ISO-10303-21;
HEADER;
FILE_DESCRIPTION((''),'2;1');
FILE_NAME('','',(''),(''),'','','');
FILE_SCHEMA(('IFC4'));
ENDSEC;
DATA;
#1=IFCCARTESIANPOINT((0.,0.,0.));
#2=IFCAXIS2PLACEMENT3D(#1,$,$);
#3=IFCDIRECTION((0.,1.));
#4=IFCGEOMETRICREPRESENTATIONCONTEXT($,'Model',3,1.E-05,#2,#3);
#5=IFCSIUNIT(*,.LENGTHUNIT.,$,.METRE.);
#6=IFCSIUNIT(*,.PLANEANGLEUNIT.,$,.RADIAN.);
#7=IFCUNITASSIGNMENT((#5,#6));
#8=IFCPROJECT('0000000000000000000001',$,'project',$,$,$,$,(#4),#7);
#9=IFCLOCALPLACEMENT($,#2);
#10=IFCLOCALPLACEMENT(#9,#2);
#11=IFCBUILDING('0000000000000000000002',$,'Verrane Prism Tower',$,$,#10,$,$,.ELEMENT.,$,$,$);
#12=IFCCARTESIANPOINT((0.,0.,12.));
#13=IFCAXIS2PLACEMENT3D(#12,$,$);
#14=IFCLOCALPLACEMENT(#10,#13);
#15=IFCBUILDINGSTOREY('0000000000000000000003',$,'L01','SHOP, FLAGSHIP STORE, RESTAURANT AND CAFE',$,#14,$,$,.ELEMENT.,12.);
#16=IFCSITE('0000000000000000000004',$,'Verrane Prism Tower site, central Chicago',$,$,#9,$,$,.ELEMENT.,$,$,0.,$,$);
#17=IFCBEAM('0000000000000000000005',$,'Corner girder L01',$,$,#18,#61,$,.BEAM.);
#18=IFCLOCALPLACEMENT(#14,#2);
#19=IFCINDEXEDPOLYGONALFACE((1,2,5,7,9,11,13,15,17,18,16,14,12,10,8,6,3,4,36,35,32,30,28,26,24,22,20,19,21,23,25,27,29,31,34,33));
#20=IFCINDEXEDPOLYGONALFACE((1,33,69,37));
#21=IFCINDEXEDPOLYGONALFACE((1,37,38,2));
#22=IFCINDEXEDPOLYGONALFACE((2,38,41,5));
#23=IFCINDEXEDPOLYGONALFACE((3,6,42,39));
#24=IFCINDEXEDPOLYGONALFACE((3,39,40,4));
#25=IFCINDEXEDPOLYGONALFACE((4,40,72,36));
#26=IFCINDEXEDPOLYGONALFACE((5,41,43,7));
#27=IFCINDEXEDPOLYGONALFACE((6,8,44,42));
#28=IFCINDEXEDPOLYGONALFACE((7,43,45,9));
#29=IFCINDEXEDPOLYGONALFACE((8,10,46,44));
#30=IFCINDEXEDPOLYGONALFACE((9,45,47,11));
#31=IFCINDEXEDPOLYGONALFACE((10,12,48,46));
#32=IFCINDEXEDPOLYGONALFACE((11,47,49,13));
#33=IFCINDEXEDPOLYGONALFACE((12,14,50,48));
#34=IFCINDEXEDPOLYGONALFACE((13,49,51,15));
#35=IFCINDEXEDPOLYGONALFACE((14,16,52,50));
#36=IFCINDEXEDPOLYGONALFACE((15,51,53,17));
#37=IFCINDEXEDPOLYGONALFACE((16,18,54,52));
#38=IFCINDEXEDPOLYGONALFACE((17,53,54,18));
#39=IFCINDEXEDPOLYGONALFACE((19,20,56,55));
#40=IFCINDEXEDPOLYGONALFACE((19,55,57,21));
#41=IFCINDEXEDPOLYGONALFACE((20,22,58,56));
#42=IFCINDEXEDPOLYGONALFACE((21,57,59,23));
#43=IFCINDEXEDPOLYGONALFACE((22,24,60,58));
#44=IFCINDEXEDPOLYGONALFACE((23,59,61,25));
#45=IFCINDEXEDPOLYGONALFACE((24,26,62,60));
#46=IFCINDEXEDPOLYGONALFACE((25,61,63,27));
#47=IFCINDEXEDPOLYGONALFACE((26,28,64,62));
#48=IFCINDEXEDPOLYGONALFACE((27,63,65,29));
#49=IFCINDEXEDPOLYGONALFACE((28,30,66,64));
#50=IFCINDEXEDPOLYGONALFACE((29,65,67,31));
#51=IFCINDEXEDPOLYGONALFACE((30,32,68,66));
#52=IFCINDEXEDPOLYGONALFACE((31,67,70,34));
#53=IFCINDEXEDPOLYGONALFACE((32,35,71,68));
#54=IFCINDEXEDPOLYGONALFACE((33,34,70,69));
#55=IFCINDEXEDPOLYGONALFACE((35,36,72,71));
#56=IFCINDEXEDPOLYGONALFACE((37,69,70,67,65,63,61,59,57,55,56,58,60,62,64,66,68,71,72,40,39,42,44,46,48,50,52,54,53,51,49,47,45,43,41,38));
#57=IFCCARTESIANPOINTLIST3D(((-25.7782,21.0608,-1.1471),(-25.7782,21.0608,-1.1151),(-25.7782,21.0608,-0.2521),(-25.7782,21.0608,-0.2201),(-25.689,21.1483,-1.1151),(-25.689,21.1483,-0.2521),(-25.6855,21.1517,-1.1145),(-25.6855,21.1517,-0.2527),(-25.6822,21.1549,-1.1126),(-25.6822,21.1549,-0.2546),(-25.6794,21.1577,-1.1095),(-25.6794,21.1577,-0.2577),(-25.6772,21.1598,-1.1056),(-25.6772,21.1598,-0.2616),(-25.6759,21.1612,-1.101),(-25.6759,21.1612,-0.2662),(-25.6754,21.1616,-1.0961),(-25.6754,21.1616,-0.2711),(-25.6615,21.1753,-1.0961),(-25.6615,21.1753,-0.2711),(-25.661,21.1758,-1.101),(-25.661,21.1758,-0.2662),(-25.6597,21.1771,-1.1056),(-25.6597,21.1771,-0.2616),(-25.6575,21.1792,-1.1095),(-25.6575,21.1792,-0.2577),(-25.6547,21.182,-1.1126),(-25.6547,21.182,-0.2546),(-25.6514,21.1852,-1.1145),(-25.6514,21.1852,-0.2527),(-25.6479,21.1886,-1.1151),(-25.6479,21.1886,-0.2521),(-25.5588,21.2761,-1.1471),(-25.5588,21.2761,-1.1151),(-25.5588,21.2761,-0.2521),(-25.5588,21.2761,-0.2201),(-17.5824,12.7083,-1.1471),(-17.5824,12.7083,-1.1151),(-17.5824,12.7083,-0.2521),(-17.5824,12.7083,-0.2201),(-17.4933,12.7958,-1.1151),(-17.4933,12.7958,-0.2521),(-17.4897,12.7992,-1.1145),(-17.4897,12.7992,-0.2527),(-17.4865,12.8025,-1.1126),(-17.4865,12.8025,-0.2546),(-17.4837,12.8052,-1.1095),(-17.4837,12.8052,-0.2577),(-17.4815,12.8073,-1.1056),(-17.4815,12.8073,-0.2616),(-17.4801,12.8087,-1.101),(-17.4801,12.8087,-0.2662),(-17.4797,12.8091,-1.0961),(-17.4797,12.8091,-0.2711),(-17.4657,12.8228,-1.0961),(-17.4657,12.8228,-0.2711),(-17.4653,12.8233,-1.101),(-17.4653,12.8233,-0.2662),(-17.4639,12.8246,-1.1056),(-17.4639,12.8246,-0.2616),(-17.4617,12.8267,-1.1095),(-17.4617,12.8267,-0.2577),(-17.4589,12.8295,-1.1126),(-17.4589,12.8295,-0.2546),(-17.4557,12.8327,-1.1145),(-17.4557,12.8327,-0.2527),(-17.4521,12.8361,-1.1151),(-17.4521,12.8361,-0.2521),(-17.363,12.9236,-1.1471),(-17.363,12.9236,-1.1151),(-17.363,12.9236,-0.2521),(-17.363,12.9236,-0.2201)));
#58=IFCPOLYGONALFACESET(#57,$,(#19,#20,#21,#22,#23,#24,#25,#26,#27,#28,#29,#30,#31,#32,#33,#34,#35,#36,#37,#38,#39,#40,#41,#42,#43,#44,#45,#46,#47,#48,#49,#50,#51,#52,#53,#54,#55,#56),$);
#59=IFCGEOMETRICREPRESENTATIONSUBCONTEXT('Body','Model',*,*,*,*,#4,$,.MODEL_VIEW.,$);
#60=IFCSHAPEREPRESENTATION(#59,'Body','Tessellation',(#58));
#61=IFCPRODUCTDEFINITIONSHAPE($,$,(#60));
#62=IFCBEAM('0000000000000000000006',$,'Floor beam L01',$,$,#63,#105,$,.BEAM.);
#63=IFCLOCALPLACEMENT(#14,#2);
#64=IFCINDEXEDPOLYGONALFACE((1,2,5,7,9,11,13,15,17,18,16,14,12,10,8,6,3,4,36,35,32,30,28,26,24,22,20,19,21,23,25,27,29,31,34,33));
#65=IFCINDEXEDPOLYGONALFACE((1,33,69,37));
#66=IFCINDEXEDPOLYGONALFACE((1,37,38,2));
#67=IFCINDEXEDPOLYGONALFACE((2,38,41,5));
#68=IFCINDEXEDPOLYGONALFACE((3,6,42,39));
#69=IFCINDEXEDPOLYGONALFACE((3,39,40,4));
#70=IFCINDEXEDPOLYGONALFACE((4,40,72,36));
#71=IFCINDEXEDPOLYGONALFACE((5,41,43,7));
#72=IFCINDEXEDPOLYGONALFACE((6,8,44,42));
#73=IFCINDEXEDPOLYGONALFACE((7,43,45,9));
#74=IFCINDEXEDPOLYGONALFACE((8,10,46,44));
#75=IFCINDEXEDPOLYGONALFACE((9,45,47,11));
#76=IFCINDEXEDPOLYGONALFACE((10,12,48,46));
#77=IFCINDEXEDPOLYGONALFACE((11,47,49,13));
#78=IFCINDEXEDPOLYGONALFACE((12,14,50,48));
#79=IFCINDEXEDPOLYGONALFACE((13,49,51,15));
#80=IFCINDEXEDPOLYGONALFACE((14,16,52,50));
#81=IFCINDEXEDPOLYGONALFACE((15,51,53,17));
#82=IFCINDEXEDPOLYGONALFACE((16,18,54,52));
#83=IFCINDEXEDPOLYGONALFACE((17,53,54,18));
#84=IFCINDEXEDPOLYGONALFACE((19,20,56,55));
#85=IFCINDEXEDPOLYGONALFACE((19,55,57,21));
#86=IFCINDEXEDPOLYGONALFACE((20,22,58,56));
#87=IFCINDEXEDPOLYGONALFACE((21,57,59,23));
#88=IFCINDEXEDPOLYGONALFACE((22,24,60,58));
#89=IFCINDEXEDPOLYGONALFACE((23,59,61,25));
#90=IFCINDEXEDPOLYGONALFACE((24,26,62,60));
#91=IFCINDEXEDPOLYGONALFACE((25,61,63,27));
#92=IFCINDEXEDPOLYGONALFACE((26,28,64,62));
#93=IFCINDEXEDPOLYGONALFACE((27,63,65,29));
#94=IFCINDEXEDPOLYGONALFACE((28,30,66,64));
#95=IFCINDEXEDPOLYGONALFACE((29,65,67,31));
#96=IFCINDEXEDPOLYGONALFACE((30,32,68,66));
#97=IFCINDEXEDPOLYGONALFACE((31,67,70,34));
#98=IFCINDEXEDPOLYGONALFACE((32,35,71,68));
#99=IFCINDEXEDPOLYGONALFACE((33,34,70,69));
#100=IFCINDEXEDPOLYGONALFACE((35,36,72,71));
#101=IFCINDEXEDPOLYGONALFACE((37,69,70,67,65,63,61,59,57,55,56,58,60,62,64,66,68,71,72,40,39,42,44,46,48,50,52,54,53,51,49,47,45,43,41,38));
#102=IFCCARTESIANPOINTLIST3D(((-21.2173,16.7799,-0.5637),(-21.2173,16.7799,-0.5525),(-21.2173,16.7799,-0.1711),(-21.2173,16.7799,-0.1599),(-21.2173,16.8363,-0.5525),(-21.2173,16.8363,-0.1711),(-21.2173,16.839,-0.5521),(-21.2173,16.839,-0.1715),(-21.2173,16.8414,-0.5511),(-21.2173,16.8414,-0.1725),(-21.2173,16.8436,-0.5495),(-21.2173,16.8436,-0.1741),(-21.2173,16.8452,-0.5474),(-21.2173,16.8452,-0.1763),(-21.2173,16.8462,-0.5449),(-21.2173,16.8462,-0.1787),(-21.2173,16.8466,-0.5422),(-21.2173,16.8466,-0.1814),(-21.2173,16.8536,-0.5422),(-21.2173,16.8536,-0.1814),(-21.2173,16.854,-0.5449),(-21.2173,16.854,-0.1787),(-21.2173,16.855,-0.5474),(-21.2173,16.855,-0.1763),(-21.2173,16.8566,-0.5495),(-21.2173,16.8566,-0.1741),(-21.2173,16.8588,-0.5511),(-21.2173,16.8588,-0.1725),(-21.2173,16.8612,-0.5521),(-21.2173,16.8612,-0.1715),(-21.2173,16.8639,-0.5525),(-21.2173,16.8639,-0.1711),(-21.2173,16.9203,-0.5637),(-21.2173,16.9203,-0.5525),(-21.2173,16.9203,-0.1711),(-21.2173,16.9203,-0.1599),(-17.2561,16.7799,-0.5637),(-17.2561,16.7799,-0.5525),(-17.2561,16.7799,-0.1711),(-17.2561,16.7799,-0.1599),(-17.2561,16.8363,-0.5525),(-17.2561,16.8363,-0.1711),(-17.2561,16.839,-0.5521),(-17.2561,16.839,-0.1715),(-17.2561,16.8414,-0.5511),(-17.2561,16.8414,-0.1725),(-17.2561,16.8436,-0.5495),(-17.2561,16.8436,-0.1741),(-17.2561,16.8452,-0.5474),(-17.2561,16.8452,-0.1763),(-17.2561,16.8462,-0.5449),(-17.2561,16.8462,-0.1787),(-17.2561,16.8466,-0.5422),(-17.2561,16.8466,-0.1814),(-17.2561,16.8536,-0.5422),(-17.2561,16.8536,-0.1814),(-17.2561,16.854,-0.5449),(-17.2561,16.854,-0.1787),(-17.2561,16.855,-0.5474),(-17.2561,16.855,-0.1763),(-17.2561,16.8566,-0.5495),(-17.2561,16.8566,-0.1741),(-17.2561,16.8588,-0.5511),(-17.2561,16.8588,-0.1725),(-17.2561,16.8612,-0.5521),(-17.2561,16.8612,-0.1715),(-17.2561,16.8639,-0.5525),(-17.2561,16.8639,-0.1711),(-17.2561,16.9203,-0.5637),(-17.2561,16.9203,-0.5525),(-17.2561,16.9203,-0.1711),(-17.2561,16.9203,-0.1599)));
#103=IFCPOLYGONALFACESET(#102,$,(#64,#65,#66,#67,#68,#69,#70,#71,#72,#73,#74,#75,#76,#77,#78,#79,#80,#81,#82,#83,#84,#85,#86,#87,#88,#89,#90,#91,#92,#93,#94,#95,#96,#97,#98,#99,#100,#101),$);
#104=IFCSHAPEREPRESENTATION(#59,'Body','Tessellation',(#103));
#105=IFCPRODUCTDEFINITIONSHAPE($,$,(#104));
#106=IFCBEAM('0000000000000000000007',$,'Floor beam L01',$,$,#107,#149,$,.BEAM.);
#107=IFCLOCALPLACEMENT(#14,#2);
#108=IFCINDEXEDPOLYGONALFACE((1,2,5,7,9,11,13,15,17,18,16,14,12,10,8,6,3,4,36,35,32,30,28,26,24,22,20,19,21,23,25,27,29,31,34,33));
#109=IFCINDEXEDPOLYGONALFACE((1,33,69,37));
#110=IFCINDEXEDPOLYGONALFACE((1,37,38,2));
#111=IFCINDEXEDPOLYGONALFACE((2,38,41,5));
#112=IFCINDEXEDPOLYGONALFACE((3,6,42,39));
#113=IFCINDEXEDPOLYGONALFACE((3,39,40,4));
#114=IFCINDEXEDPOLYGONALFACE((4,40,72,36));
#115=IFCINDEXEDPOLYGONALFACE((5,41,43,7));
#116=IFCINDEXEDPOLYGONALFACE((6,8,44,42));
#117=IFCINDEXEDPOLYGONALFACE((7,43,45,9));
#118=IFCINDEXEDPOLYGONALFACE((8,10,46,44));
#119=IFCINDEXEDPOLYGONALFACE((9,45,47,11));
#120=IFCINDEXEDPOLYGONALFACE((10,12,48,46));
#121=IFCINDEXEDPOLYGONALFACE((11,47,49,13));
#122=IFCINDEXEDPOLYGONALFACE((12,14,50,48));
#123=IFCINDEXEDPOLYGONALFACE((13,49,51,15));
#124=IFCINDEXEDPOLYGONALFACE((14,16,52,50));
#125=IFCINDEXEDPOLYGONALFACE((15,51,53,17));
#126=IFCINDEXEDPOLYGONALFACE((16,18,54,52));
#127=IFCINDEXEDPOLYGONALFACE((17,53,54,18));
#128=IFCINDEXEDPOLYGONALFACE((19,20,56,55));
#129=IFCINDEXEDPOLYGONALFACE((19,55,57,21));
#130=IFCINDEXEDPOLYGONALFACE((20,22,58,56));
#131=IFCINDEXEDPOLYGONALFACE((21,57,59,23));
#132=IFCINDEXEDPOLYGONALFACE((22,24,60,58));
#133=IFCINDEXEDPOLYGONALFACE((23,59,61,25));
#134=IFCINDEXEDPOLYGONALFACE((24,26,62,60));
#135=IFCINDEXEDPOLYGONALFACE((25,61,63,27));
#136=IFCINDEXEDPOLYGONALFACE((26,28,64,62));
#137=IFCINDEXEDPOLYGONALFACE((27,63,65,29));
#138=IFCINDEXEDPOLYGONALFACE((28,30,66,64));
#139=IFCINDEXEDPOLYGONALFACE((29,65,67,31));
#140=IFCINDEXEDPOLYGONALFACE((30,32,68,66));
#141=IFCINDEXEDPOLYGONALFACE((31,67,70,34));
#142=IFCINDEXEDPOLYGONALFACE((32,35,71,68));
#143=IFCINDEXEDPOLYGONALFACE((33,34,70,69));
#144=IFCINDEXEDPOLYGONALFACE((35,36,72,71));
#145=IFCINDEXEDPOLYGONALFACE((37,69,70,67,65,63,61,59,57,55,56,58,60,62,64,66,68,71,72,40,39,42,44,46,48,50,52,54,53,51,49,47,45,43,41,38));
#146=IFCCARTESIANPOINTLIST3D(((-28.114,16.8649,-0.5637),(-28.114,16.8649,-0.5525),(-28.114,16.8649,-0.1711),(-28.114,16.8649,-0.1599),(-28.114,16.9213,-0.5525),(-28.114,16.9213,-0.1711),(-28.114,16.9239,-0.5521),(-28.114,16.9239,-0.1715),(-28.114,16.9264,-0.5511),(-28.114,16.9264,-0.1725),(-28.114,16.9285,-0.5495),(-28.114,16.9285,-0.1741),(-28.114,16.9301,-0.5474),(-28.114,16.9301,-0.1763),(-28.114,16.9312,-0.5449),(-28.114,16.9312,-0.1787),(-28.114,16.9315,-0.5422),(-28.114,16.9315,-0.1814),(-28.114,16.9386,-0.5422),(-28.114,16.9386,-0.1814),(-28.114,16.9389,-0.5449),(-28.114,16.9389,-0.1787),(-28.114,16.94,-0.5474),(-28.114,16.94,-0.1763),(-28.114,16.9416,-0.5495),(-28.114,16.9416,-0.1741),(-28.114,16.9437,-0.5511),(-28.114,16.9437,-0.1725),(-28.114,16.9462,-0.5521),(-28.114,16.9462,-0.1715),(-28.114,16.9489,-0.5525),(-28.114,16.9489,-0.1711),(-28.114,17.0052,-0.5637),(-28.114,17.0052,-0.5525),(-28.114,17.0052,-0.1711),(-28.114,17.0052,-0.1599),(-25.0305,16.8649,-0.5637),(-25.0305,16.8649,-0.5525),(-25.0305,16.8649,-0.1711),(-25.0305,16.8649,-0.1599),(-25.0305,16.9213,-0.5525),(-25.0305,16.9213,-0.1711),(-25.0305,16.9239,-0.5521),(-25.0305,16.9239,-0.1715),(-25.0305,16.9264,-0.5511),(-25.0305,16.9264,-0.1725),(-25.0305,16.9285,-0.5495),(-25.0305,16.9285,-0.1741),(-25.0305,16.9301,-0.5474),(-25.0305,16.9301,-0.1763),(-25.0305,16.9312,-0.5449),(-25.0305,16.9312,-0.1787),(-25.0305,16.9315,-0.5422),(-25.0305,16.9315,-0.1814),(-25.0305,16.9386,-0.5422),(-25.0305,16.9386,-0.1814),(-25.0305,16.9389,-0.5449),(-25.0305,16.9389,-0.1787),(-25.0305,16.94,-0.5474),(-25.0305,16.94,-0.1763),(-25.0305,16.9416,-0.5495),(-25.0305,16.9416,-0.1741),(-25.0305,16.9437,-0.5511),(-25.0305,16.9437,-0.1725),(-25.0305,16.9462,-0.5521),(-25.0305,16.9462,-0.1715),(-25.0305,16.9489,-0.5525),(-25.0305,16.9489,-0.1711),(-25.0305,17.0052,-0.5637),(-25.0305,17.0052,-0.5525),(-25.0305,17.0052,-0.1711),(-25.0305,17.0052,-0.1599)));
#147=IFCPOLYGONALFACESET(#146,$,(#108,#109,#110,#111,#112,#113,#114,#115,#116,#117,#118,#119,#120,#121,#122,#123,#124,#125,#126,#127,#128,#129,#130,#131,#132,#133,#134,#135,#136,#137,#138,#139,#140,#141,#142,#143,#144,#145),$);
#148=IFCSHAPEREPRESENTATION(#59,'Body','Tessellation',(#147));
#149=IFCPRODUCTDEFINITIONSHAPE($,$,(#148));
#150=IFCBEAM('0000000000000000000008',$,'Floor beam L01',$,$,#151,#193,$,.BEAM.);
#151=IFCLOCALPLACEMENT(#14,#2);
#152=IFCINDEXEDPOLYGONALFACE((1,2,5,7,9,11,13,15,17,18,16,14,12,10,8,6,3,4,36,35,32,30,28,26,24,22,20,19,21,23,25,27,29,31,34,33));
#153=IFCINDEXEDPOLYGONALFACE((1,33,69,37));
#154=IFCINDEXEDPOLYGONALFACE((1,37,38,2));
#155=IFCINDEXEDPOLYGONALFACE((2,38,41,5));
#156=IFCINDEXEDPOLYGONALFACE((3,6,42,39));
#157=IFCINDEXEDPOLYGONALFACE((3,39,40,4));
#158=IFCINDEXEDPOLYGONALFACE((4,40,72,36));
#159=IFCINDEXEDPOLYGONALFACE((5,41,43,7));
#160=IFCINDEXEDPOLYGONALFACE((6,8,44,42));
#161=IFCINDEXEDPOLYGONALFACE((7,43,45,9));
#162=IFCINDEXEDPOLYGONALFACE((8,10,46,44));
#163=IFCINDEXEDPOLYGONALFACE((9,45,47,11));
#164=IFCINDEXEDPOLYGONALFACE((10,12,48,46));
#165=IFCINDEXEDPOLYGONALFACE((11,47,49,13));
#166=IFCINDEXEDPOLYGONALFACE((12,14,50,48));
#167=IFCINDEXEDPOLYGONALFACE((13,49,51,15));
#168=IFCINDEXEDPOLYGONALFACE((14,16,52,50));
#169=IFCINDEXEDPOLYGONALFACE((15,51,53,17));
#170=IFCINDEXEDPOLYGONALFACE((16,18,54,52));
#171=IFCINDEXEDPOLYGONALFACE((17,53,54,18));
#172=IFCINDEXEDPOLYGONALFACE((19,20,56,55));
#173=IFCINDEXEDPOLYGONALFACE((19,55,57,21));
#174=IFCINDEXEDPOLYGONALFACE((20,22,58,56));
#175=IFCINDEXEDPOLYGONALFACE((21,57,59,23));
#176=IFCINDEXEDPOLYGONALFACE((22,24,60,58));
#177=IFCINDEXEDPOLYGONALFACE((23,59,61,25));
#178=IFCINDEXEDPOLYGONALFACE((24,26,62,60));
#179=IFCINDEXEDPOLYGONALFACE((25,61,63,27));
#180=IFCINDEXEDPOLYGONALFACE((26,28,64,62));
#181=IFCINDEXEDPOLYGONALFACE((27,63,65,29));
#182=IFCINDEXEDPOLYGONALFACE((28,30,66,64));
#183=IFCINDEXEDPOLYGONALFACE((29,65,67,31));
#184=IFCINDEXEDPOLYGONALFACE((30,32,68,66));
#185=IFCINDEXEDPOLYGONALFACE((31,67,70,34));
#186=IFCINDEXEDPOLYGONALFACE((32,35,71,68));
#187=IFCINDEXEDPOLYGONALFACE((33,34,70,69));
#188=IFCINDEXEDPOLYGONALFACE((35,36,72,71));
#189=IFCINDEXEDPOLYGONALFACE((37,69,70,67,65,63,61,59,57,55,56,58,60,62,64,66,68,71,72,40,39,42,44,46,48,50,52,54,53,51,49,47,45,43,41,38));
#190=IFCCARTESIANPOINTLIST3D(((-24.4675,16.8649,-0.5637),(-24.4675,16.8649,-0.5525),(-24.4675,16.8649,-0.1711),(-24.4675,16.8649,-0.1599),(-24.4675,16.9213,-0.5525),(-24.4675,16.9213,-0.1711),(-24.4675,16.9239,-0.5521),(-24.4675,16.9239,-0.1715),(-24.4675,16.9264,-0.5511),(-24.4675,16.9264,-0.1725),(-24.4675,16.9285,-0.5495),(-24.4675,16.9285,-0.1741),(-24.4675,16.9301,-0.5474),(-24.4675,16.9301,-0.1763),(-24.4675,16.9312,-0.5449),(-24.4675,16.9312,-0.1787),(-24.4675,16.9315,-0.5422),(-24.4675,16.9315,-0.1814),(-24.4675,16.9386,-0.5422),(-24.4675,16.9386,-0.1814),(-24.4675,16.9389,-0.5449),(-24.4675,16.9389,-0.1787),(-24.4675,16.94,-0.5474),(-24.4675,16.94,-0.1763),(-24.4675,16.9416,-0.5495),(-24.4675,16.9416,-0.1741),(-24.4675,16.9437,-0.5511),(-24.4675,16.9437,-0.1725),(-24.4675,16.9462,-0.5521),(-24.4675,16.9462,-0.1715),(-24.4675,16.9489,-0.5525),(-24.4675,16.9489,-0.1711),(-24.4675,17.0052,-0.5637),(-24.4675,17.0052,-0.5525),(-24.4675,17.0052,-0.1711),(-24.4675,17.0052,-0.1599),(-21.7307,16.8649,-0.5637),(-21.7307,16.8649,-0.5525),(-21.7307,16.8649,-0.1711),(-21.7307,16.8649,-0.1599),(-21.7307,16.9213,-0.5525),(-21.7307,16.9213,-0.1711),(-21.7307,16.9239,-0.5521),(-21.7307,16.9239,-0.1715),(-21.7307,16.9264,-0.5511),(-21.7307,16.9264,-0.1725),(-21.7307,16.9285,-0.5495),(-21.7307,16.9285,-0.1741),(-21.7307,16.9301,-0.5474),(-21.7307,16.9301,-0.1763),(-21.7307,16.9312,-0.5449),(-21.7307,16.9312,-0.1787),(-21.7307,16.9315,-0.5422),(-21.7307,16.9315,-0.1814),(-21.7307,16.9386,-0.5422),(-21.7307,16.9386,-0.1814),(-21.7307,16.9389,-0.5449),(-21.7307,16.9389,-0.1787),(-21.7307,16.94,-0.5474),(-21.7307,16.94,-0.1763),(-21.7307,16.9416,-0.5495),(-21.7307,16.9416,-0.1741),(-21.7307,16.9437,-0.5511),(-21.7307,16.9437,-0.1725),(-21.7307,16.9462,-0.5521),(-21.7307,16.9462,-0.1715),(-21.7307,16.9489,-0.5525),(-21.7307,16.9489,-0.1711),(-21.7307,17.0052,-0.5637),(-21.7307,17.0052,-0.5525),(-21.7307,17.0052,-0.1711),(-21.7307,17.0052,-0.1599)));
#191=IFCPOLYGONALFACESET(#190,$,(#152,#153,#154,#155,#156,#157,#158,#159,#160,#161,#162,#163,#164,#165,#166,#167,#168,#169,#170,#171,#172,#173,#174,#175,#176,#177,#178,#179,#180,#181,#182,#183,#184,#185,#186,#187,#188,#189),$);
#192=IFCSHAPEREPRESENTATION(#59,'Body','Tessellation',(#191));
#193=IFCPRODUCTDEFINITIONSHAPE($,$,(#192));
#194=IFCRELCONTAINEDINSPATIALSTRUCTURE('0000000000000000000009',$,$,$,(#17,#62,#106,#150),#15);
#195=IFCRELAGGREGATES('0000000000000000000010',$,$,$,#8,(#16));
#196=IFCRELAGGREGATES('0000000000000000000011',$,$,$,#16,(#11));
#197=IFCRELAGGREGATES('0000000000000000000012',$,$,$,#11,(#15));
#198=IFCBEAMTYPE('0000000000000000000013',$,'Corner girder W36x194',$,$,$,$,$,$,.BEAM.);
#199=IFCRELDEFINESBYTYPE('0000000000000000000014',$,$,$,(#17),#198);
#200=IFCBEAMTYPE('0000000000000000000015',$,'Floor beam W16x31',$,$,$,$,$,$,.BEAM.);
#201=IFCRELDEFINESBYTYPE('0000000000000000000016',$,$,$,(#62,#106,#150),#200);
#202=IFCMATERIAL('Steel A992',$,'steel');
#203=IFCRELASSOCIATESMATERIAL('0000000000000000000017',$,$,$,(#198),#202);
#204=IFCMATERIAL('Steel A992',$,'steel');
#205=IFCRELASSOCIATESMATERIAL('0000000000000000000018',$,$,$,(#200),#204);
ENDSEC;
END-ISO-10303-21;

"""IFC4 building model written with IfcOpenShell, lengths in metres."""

from ifc_helpers import new_model, si_unit, direction, frame, origin, origin_2d, place, context, subcontext, project, spatial, i_section, extrude, material, material_profile, profile_set, type_object, element, save


model = new_model("IFC4")

# Units and contexts
model_context = context("Model", 3, precision=1e-05, world=origin(), true_north=direction((0.0, 1.0)))
body_context = subcontext(model_context, "Body", "Model", "MODEL_VIEW")
ifc_project = project(units=[si_unit("LENGTHUNIT", "METRE"), si_unit("PLANEANGLEUNIT", "RADIAN")], contexts=[model_context])

# Site, building, storey
site_placement = place(None, origin())
site = spatial("IfcSite", under=ifc_project, at=site_placement, Name="Verrane Prism Tower site, central Chicago", CompositionType="ELEMENT", RefElevation=0.0)
building_placement = place(site_placement, origin())
building = spatial("IfcBuilding", under=site, at=building_placement, Name="Verrane Prism Tower", CompositionType="ELEMENT")
storey_placement = place(building_placement, frame((0.0, 0.0, 12.0)))
storey = spatial("IfcBuildingStorey", under=building, at=storey_placement, Name="L01", Description="SHOP, FLAGSHIP STORE, RESTAURANT AND CAFE", CompositionType="ELEMENT", Elevation=12.0)

# Beams
ifc_material_1 = material(Name="Steel A992", Category="steel")
ifc_material_profile_1 = material_profile(ifc_material_1, i_section(OverallWidth=0.3074, OverallDepth=0.927, WebThickness=0.0195, FlangeThickness=0.032, FilletRadius=0.019, at=origin_2d()), Name="W36x194")
ifc_profile_set_1 = profile_set([ifc_material_profile_1], Name="Steel A992")
beam_type_1 = type_object("IfcBeamType", Name="Corner girder W36x194", PredefinedType="BEAM", material=ifc_profile_set_1)
beam_1_placement = place(storey_placement, frame((-25.6685, 21.1685, -0.6836), z_axis=(0.700378, -0.713772, 0.0), x_axis=(0.713772, 0.700378, 0.0)))
element("IfcBeam", 1, at=beam_1_placement, inside=storey, type_object=beam_type_1, Name="Corner girder L01", PredefinedType="BEAM", context=body_context, shape_type="SweptSolid", body=[
    extrude(i_section(OverallWidth=0.3074, OverallDepth=0.927, WebThickness=0.0195, FlangeThickness=0.032, FilletRadius=0.019, at=origin_2d()), origin(), (0.0, 0.0, 1.0), 11.7019),
])
ifc_material_2 = material(Name="Steel A992", Category="steel")
ifc_material_profile_2 = material_profile(ifc_material_2, i_section(OverallWidth=0.1404, OverallDepth=0.4038, WebThickness=0.0071, FlangeThickness=0.0112, FilletRadius=0.0103, at=origin_2d()), Name="W16x31")
ifc_profile_set_2 = profile_set([ifc_material_profile_2], Name="Steel A992")
beam_type_2 = type_object("IfcBeamType", Name="Floor beam W16x31", PredefinedType="BEAM", material=ifc_profile_set_2)
beam_2_placement = place(storey_placement, frame((-21.2173, 16.8501, -0.3618), z_axis=(1.0, 0.0, 0.0), x_axis=(0.0, 1.0, 0.0)))
element("IfcBeam", 2, at=beam_2_placement, inside=storey, type_object=beam_type_2, Name="Floor beam L01", PredefinedType="BEAM", context=body_context, shape_type="SweptSolid", body=[
    extrude(i_section(OverallWidth=0.1404, OverallDepth=0.4038, WebThickness=0.0071, FlangeThickness=0.0112, FilletRadius=0.0103, at=origin_2d()), origin(), (0.0, 0.0, 1.0), 3.9612),
])
beam_3_placement = place(storey_placement, frame((-28.114, 16.9351, -0.3618), z_axis=(1.0, 0.0, 0.0), x_axis=(0.0, 1.0, 0.0)))
element("IfcBeam", 3, at=beam_3_placement, inside=storey, type_object=beam_type_2, Name="Floor beam L01", PredefinedType="BEAM", context=body_context, shape_type="SweptSolid", body=[
    extrude(i_section(OverallWidth=0.1404, OverallDepth=0.4038, WebThickness=0.0071, FlangeThickness=0.0112, FilletRadius=0.0103, at=origin_2d()), origin(), (0.0, 0.0, 1.0), 3.0835),
])
beam_4_placement = place(storey_placement, frame((-24.4675, 16.9351, -0.3618), z_axis=(1.0, 0.0, 0.0), x_axis=(0.0, 1.0, 0.0)))
element("IfcBeam", 4, at=beam_4_placement, inside=storey, type_object=beam_type_2, Name="Floor beam L01", PredefinedType="BEAM", context=body_context, shape_type="SweptSolid", body=[
    extrude(i_section(OverallWidth=0.1404, OverallDepth=0.4038, WebThickness=0.0071, FlangeThickness=0.0112, FilletRadius=0.0103, at=origin_2d()), origin(), (0.0, 0.0, 1.0), 2.7368),
])

save(model, "model.ifc")
